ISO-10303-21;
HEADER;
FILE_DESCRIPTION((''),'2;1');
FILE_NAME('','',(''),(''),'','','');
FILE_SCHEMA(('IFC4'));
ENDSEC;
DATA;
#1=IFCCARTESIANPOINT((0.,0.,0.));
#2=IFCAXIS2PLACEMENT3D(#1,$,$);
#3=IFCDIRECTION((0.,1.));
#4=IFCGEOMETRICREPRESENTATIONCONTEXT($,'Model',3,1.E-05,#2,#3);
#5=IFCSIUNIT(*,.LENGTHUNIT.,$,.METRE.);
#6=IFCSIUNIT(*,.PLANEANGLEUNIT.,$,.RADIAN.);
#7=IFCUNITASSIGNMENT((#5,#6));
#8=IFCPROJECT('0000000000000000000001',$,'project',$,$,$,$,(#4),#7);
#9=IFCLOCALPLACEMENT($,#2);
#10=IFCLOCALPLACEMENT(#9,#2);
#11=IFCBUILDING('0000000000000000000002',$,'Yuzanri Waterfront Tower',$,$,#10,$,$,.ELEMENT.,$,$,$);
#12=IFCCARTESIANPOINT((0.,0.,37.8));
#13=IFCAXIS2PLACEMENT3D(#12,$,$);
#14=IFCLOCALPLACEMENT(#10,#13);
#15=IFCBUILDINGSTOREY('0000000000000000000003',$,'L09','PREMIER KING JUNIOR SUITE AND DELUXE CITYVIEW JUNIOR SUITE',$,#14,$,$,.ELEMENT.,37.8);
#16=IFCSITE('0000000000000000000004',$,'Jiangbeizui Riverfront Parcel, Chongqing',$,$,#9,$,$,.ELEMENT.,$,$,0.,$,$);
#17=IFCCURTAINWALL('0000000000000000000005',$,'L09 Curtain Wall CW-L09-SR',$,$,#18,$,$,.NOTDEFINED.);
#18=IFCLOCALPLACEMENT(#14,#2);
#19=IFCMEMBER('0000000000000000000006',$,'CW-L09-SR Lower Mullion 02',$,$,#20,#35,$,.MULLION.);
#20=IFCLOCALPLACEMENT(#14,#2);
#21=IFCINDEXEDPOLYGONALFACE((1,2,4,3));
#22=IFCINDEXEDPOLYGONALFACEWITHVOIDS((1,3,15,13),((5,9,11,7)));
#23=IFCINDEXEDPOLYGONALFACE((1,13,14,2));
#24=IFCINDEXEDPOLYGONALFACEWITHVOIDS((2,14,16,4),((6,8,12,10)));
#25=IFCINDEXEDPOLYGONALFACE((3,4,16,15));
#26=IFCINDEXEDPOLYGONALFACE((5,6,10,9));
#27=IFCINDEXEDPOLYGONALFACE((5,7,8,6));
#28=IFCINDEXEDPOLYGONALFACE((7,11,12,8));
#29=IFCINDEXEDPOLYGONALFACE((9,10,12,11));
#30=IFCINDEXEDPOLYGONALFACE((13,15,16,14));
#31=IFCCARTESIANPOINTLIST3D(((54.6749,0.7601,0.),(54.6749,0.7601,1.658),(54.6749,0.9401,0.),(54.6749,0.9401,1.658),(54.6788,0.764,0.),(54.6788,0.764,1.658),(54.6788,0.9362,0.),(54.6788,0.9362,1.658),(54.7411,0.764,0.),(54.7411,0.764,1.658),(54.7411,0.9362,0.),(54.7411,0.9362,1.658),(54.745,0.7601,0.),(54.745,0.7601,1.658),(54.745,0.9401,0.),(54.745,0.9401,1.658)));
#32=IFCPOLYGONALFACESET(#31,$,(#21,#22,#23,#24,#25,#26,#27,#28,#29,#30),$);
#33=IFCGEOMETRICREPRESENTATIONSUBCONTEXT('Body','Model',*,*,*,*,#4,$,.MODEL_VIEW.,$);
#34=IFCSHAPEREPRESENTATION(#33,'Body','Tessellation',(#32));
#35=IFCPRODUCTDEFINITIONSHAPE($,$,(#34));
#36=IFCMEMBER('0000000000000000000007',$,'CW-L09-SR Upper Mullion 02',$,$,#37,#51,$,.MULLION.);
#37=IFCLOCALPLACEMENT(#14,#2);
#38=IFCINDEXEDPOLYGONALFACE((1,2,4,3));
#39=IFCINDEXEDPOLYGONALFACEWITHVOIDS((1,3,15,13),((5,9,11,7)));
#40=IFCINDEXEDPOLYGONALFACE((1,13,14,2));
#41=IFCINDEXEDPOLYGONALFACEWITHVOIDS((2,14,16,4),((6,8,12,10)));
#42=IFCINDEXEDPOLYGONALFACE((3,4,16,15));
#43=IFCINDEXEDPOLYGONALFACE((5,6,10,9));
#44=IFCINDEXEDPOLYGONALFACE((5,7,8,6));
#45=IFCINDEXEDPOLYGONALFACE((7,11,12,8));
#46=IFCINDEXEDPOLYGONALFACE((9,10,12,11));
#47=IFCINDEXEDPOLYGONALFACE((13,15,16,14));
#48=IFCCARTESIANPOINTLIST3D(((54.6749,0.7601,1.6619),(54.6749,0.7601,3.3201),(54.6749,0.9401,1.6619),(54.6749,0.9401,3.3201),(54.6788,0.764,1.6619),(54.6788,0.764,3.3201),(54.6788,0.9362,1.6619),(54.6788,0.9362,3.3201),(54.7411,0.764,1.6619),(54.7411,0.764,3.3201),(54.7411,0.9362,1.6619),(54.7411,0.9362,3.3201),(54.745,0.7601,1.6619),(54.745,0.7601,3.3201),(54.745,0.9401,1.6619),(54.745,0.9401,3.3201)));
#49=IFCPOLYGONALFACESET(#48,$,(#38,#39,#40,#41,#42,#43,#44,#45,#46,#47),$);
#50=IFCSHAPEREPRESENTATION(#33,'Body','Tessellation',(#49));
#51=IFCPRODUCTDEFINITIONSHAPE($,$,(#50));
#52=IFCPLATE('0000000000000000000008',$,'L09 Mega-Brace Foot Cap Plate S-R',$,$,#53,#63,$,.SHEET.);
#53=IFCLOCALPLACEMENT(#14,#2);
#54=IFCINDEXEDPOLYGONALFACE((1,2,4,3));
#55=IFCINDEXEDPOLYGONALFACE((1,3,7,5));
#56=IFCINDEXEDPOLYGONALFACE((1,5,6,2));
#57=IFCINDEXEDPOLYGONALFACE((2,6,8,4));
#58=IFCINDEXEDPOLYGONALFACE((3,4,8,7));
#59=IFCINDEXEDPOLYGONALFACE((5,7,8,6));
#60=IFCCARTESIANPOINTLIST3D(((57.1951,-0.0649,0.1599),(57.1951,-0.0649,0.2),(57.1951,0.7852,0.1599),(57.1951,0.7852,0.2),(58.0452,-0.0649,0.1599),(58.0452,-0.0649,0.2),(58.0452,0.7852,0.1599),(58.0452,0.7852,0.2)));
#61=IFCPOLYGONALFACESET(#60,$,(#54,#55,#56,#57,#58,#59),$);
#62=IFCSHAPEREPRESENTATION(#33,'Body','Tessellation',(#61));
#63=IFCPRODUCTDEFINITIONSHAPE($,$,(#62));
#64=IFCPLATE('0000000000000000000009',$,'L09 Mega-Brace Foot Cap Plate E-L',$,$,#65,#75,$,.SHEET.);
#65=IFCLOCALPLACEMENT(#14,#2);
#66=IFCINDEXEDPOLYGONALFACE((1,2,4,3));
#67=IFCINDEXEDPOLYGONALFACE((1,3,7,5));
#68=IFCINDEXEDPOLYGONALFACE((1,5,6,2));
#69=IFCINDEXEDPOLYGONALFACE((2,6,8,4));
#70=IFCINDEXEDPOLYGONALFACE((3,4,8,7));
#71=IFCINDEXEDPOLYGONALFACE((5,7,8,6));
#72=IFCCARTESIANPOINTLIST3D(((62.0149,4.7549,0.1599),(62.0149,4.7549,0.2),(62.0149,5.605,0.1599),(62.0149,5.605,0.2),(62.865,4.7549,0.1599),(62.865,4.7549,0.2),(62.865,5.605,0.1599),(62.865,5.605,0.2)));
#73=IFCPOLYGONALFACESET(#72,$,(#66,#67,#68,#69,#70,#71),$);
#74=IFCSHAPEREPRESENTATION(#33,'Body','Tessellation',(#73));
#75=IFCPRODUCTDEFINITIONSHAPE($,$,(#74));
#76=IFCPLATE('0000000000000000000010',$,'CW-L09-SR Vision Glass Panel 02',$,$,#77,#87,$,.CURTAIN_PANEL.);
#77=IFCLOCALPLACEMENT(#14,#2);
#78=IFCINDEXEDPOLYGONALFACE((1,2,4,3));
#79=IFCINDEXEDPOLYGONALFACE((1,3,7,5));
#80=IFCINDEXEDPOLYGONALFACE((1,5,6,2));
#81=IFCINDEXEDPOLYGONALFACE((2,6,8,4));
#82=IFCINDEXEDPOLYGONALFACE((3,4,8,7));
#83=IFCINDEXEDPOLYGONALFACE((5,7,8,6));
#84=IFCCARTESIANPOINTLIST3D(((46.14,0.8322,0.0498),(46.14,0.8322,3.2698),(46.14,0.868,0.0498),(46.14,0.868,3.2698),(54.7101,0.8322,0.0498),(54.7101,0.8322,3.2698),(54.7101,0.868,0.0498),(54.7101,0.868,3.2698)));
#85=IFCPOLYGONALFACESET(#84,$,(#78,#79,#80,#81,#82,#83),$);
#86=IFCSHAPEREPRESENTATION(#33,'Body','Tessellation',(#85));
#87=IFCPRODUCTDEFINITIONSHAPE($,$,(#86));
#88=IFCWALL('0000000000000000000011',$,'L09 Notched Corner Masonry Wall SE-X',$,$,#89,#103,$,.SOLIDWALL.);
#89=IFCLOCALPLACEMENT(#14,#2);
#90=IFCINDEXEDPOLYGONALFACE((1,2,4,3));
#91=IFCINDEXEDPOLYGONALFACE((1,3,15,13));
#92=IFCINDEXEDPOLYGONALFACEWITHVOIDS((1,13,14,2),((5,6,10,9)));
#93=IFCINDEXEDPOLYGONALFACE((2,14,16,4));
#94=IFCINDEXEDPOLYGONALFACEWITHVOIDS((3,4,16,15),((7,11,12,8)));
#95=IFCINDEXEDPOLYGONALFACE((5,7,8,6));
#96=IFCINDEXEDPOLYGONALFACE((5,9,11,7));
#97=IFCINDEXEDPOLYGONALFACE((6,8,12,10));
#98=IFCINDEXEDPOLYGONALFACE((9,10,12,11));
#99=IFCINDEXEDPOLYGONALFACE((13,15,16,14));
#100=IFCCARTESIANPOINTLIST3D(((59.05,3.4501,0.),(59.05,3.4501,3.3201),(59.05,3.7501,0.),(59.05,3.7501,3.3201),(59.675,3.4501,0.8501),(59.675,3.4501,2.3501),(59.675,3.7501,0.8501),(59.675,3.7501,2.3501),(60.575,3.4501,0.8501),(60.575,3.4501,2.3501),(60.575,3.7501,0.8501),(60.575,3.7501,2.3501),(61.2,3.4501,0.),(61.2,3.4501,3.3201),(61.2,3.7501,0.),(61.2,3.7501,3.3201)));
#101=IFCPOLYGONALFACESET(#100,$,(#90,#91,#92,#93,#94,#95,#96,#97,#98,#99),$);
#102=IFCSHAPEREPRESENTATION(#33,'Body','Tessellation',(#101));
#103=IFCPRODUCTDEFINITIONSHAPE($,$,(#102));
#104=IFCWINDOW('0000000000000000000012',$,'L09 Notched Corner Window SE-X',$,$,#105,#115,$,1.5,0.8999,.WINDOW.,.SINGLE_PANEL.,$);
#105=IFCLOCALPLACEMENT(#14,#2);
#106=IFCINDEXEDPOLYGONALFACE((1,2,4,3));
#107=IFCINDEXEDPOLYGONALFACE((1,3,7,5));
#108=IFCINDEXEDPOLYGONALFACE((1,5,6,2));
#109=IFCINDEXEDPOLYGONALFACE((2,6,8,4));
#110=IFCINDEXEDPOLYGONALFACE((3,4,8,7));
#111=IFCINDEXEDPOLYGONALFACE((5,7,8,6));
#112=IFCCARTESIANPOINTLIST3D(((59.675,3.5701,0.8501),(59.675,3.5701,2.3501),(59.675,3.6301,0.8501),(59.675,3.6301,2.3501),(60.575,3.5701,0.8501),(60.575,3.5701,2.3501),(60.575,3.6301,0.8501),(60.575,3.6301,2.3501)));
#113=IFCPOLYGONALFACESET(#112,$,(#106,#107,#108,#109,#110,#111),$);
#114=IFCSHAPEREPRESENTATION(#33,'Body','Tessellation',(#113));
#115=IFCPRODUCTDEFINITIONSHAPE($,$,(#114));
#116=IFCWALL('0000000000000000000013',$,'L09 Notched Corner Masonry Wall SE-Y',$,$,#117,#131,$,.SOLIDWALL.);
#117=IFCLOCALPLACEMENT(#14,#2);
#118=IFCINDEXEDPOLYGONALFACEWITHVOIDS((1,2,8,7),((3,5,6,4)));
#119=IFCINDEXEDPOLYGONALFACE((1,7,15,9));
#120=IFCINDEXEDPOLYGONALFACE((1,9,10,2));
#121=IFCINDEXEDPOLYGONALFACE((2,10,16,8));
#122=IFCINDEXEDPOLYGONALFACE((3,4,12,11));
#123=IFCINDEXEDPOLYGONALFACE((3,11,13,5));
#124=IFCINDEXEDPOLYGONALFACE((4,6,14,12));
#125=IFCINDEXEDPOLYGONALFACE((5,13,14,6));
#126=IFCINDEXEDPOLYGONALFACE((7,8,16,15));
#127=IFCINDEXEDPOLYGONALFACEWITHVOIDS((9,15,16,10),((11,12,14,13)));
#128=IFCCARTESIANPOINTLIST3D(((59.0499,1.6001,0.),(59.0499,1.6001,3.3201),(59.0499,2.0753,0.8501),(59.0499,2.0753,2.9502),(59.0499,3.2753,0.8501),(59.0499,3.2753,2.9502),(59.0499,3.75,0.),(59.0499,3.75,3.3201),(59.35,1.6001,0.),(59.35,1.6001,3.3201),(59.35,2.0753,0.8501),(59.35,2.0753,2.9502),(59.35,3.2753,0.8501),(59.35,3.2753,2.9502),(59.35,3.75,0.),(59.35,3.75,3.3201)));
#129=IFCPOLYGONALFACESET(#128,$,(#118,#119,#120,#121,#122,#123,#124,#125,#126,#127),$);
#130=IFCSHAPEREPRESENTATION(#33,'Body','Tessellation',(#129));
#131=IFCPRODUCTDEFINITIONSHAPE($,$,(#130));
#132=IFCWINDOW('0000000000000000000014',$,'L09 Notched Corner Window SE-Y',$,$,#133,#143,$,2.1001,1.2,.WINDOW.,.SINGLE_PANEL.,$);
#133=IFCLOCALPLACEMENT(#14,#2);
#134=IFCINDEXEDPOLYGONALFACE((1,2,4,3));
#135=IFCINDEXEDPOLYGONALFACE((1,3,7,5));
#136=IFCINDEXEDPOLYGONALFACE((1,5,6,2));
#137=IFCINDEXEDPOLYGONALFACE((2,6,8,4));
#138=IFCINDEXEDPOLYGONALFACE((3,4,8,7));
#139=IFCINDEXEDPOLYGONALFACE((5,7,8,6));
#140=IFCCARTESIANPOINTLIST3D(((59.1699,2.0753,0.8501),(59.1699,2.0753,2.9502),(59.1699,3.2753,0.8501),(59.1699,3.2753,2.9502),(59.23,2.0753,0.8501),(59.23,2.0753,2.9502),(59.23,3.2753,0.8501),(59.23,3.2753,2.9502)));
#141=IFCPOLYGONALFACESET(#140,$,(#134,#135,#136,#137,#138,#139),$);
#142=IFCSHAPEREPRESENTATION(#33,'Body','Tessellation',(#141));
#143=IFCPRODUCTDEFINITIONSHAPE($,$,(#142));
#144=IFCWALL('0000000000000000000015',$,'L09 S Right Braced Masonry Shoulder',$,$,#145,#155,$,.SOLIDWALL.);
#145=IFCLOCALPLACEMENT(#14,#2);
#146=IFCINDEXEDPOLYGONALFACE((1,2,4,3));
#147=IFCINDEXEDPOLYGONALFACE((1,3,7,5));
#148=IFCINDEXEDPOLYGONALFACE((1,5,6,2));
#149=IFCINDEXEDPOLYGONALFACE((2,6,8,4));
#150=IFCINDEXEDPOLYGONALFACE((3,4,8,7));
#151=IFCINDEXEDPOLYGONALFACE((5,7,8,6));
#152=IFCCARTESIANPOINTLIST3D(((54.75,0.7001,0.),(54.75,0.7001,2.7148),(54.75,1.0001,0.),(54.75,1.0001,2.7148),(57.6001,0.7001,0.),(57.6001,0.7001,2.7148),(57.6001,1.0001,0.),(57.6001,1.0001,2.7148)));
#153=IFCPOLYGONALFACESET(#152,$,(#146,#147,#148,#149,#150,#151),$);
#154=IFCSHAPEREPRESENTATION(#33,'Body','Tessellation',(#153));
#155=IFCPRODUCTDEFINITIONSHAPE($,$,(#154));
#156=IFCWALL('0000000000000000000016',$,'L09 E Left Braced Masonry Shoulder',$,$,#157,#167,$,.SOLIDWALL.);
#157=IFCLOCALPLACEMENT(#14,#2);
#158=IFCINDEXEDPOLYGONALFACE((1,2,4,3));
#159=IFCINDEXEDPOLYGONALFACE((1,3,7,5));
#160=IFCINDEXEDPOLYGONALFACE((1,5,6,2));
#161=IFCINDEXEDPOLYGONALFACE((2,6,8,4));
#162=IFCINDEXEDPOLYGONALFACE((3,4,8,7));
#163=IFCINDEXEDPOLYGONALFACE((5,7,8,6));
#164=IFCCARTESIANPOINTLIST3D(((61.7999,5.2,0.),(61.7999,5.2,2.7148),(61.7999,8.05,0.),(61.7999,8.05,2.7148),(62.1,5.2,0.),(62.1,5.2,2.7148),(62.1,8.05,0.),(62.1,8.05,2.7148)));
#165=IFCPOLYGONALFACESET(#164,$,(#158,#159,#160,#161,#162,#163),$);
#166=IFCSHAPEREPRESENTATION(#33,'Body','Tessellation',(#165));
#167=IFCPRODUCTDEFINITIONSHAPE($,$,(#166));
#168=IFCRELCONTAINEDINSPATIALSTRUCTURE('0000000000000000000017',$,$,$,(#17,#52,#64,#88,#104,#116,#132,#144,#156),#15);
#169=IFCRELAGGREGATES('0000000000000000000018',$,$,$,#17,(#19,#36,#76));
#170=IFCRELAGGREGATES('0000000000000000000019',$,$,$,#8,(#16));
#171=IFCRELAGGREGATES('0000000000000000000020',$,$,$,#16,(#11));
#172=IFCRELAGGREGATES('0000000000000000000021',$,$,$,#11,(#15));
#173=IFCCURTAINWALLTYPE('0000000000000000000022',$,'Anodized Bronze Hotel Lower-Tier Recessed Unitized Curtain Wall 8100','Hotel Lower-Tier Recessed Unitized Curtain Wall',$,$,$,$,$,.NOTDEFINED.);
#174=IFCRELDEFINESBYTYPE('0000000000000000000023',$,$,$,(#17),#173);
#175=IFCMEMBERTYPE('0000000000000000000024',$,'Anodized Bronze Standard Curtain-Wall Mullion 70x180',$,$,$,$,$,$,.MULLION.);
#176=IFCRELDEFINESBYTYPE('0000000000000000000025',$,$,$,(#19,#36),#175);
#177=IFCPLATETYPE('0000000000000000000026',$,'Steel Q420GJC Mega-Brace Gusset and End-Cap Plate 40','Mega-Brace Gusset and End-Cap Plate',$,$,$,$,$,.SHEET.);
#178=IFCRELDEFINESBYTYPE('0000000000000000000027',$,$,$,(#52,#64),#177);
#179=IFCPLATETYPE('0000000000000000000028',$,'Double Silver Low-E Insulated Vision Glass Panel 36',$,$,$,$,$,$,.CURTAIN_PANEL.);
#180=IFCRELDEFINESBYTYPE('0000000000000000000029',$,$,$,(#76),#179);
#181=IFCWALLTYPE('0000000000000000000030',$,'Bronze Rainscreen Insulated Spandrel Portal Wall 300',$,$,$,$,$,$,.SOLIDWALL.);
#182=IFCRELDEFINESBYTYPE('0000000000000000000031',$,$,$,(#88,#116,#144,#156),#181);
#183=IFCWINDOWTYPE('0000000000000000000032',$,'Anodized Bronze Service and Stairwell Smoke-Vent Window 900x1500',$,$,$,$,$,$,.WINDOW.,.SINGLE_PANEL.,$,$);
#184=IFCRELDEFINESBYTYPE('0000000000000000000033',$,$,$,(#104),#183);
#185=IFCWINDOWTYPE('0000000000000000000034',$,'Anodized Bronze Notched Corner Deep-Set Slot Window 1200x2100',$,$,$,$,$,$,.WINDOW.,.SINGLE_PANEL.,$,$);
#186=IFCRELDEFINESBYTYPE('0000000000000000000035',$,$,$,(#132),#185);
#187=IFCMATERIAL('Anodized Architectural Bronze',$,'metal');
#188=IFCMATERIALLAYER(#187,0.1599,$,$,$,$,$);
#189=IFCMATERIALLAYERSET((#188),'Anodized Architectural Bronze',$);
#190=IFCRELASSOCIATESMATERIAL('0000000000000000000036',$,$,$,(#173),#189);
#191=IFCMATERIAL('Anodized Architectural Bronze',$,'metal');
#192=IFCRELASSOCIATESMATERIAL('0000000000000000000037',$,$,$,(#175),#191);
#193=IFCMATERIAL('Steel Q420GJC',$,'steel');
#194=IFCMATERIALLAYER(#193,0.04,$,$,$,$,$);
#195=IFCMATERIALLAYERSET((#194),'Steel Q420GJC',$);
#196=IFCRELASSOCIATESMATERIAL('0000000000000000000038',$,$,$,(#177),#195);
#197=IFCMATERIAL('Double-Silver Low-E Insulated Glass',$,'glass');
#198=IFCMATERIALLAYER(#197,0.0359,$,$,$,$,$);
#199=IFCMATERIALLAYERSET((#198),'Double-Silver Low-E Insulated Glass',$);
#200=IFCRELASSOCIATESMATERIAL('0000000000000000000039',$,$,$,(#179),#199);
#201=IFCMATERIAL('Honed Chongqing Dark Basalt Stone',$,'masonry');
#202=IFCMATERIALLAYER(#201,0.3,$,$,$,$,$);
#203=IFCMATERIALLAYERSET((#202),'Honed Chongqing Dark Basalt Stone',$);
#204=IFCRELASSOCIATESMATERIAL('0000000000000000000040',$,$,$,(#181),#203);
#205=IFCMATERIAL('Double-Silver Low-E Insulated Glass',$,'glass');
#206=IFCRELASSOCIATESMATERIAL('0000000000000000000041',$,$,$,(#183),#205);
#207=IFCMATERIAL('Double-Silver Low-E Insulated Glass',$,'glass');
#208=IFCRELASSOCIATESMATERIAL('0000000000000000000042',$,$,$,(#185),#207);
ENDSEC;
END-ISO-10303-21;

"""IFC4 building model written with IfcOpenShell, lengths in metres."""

from ifc_helpers import new_model, si_unit, direction, frame, frame_2d, origin, origin_2d, place, context, subcontext, project, spatial, rectangle, hollow_rectangle, extrude, source, transform, mapped, material, layer, layer_set, material_profile, profile_set, type_object, element, fill, aggregate, save


model = new_model("IFC4")

# Units and contexts
model_context = context("Model", 3, precision=1e-05, world=origin(), true_north=direction((0.0, 1.0)))
body_context = subcontext(model_context, "Body", "Model", "MODEL_VIEW")
ifc_project = project(units=[si_unit("LENGTHUNIT", "METRE"), si_unit("PLANEANGLEUNIT", "RADIAN")], contexts=[model_context])

# Site, building, storey
site_placement = place(None, origin())
site = spatial("IfcSite", under=ifc_project, at=site_placement, Name="Jiangbeizui Riverfront Parcel, Chongqing", CompositionType="ELEMENT", RefElevation=0.0)
building_placement = place(site_placement, origin())
building = spatial("IfcBuilding", under=site, at=building_placement, Name="Yuzanri Waterfront Tower", CompositionType="ELEMENT")
storey_placement = place(building_placement, frame((0.0, 0.0, 37.8)))
storey = spatial("IfcBuildingStorey", under=building, at=storey_placement, Name="L09", Description="PREMIER KING JUNIOR SUITE AND DELUXE CITYVIEW JUNIOR SUITE", CompositionType="ELEMENT", Elevation=37.8)

# Curtain wall, members
ifc_material_1 = material(Name="Anodized Architectural Bronze", Category="metal")
ifc_layer_1 = layer(ifc_material_1, 0.1599)
ifc_layer_set_1 = layer_set([ifc_layer_1], Name="Anodized Architectural Bronze")
curtain_wall_type = type_object("IfcCurtainWallType", Name="Anodized Bronze Hotel Lower-Tier Recessed Unitized Curtain Wall 8100", Description="Hotel Lower-Tier Recessed Unitized Curtain Wall", PredefinedType="NOTDEFINED", material=ifc_layer_set_1)
curtain_wall_1_placement = place(storey_placement, origin())
curtain_wall_1 = element("IfcCurtainWall", 1, at=curtain_wall_1_placement, inside=storey, type_object=curtain_wall_type, Name="L09 Curtain Wall CW-L09-SR", PredefinedType="NOTDEFINED")
ifc_material_2 = material(Name="Anodized Architectural Bronze", Category="metal")
ifc_material_profile_1 = material_profile(ifc_material_2, hollow_rectangle(XDim=0.0701, YDim=0.1799, WallThickness=0.0039, at=origin_2d()), Name="CWM 70x180")
ifc_profile_set_1 = profile_set([ifc_material_profile_1], Name="Anodized Architectural Bronze")
member_type_1 = type_object("IfcMemberType", Name="Anodized Bronze Standard Curtain-Wall Mullion 70x180", PredefinedType="MULLION", material=ifc_profile_set_1)
shared_shape_1 = source(origin(), body_context, "Body", "SweptSolid", [
    extrude(hollow_rectangle(XDim=0.0701, YDim=0.1799, WallThickness=0.0039, at=origin_2d()), origin(), (0.0, 0.0, 1.0), 1.658),
])
member_1_placement = place(storey_placement, frame((54.71, 0.8501, 0.0), z_axis=(0.0, 0.0, 1.0), x_axis=(1.0, 0.0, 0.0)))
member_1 = element("IfcMember", 2, at=member_1_placement, type_object=member_type_1, Name="CW-L09-SR Lower Mullion 02", PredefinedType="MULLION", context=body_context, shape_type="MappedRepresentation", body=[
    mapped(shared_shape_1, transform((0.0, 0.0, 0.0), scale=1.0)),
])
shared_shape_2 = source(origin(), body_context, "Body", "SweptSolid", [
    extrude(hollow_rectangle(XDim=0.0701, YDim=0.1799, WallThickness=0.0039, at=origin_2d()), origin(), (0.0, 0.0, 1.0), 1.6582),
])
member_2_placement = place(storey_placement, frame((54.71, 0.8501, 1.6619), z_axis=(0.0, 0.0, 1.0), x_axis=(1.0, 0.0, 0.0)))
member_2 = element("IfcMember", 3, at=member_2_placement, type_object=member_type_1, Name="CW-L09-SR Upper Mullion 02", PredefinedType="MULLION", context=body_context, shape_type="MappedRepresentation", body=[
    mapped(shared_shape_2, transform((0.0, 0.0, 0.0), scale=1.0)),
])

# Plates
ifc_material_3 = material(Name="Steel Q420GJC", Category="steel")
ifc_layer_2 = layer(ifc_material_3, 0.04)
ifc_layer_set_2 = layer_set([ifc_layer_2], Name="Steel Q420GJC")
plate_type_1 = type_object("IfcPlateType", Name="Steel Q420GJC Mega-Brace Gusset and End-Cap Plate 40", Description="Mega-Brace Gusset and End-Cap Plate", PredefinedType="SHEET", material=ifc_layer_set_2)
shared_shape_3 = source(origin(), body_context, "Body", "SweptSolid", [
    extrude(rectangle(XDim=0.8501, YDim=0.8501, at=origin_2d()), origin(), (0.0, 0.0, 1.0), 0.04),
])
for number, where, z_axis, x_axis, name in (
    (4, (57.6201, 0.3601, 0.1599), (0.0, 0.0, 1.0), (1.0, 0.0, 0.0), "L09 Mega-Brace Foot Cap Plate S-R"),
    (5, (62.4399, 5.1799, 0.1599), (0.0, 0.0, 1.0), (1.0, 0.0, 0.0), "L09 Mega-Brace Foot Cap Plate E-L"),
):
    element("IfcPlate", number, at=place(storey_placement, frame(where, z_axis=z_axis, x_axis=x_axis)), inside=storey, type_object=plate_type_1, Name=name, PredefinedType="SHEET", context=body_context, shape_type="MappedRepresentation", body=[
        mapped(shared_shape_3, transform((0.0, 0.0, 0.0), scale=1.0)),
    ])

# Plate
ifc_material_4 = material(Name="Double-Silver Low-E Insulated Glass", Category="glass")
ifc_layer_3 = layer(ifc_material_4, 0.0359)
ifc_layer_set_3 = layer_set([ifc_layer_3], Name="Double-Silver Low-E Insulated Glass")
plate_type_2 = type_object("IfcPlateType", Name="Double Silver Low-E Insulated Vision Glass Panel 36", PredefinedType="CURTAIN_PANEL", material=ifc_layer_set_3)
shared_shape_4 = source(origin(), body_context, "Body", "SweptSolid", [
    extrude(rectangle(XDim=8.5701, YDim=0.0359, at=origin_2d()), origin(), (0.0, 0.0, 1.0), 3.22),
])
plate_placement = place(storey_placement, frame((50.425, 0.8501, 0.0498), z_axis=(0.0, 0.0, 1.0), x_axis=(1.0, 0.0, 0.0)))
plate = element("IfcPlate", 6, at=plate_placement, type_object=plate_type_2, Name="CW-L09-SR Vision Glass Panel 02", PredefinedType="CURTAIN_PANEL", context=body_context, shape_type="MappedRepresentation", body=[
    mapped(shared_shape_4, transform((0.0, 0.0, 0.0), scale=1.0)),
])
aggregate(curtain_wall_1, [member_1, member_2, plate])

# Walls, openings, windows
ifc_material_5 = material(Name="Honed Chongqing Dark Basalt Stone", Category="masonry")
ifc_layer_4 = layer(ifc_material_5, 0.3)
ifc_layer_set_4 = layer_set([ifc_layer_4], Name="Honed Chongqing Dark Basalt Stone")
wall_type_1 = type_object("IfcWallType", Name="Bronze Rainscreen Insulated Spandrel Portal Wall 300", PredefinedType="SOLIDWALL", material=ifc_layer_set_4)
wall_1_placement = place(storey_placement, frame((59.05, 3.6001, 0.0), z_axis=(0.0, 0.0, 1.0), x_axis=(1.0, 0.0, 0.0)))
wall_1 = element("IfcWall", 7, at=wall_1_placement, inside=storey, type_object=wall_type_1, Name="L09 Notched Corner Masonry Wall SE-X", PredefinedType="SOLIDWALL", context=body_context, shape_type="SweptSolid", body=[
    extrude(rectangle(XDim=2.1499, YDim=0.3, at=frame_2d((1.075, 0.0))), origin(), (0.0, 0.0, 1.0), 3.3201),
])
opening_1_placement = place(wall_1_placement, frame((0.625, 0.0, 0.8501)))
opening_1 = element("IfcOpeningElement", 8, at=opening_1_placement, cuts=wall_1, PredefinedType="OPENING", context=body_context, shape_type="SweptSolid", body=[
    extrude(rectangle(XDim=0.8999, YDim=1.5, at=frame_2d((0.45, 0.75))), frame((0.0, 0.165, 0.0), z_axis=(0.0, -1.0, 0.0), x_axis=(1.0, 0.0, 0.0)), (0.0, 0.0, 1.0), 0.3298),
])
ifc_material_6 = material(Name="Double-Silver Low-E Insulated Glass", Category="glass")
window_type_1 = type_object("IfcWindowType", Name="Anodized Bronze Service and Stairwell Smoke-Vent Window 900x1500", PartitioningType="SINGLE_PANEL", PredefinedType="WINDOW", material=ifc_material_6)
shared_shape_5 = source(origin(), body_context, "Body", "SweptSolid", [
    extrude(rectangle(XDim=0.8999, YDim=1.5, at=frame_2d((0.45, 0.75))), frame((0.0, 0.03, 0.0), z_axis=(0.0, -1.0, 0.0), x_axis=(1.0, 0.0, 0.0)), (0.0, 0.0, 1.0), 0.0601),
])
window_1_placement = place(opening_1_placement, origin())
window_1 = element("IfcWindow", 9, at=window_1_placement, inside=storey, type_object=window_type_1, Name="L09 Notched Corner Window SE-X", OverallHeight=1.5, OverallWidth=0.8999, PartitioningType="SINGLE_PANEL", PredefinedType="WINDOW", context=body_context, shape_type="MappedRepresentation", body=[
    mapped(shared_shape_5, transform((0.0, 0.0, 0.0), scale=1.0)),
])
fill(opening_1, window_1)
wall_2_placement = place(storey_placement, frame((59.2, 1.6001, 0.0), z_axis=(0.0, 0.0, 1.0), x_axis=(0.0, 1.0, 0.0)))
wall_2 = element("IfcWall", 10, at=wall_2_placement, inside=storey, type_object=wall_type_1, Name="L09 Notched Corner Masonry Wall SE-Y", PredefinedType="SOLIDWALL", context=body_context, shape_type="SweptSolid", body=[
    extrude(rectangle(XDim=2.1499, YDim=0.3, at=frame_2d((1.075, 0.0))), origin(), (0.0, 0.0, 1.0), 3.3201),
])
opening_2_placement = place(wall_2_placement, frame((0.4751, 0.0, 0.8501)))
opening_2 = element("IfcOpeningElement", 11, at=opening_2_placement, cuts=wall_2, PredefinedType="OPENING", context=body_context, shape_type="SweptSolid", body=[
    extrude(rectangle(XDim=1.2, YDim=2.1001, at=frame_2d((0.6001, 1.05))), frame((0.0, 0.165, 0.0), z_axis=(0.0, -1.0, 0.0), x_axis=(1.0, 0.0, 0.0)), (0.0, 0.0, 1.0), 0.3298),
])
ifc_material_7 = material(Name="Double-Silver Low-E Insulated Glass", Category="glass")
window_type_2 = type_object("IfcWindowType", Name="Anodized Bronze Notched Corner Deep-Set Slot Window 1200x2100", PartitioningType="SINGLE_PANEL", PredefinedType="WINDOW", material=ifc_material_7)
shared_shape_6 = source(origin(), body_context, "Body", "SweptSolid", [
    extrude(rectangle(XDim=1.2, YDim=2.1001, at=frame_2d((0.6001, 1.05))), frame((0.0, 0.03, 0.0), z_axis=(0.0, -1.0, 0.0), x_axis=(1.0, 0.0, 0.0)), (0.0, 0.0, 1.0), 0.0601),
])
window_2_placement = place(opening_2_placement, origin())
window_2 = element("IfcWindow", 12, at=window_2_placement, inside=storey, type_object=window_type_2, Name="L09 Notched Corner Window SE-Y", OverallHeight=2.1001, OverallWidth=1.2, PartitioningType="SINGLE_PANEL", PredefinedType="WINDOW", context=body_context, shape_type="MappedRepresentation", body=[
    mapped(shared_shape_6, transform((0.0, 0.0, 0.0), scale=1.0)),
])
fill(opening_2, window_2)

# Walls
shared_shape_7 = source(origin(), body_context, "Body", "SweptSolid", [
    extrude(rectangle(XDim=2.8501, YDim=0.3, at=frame_2d((1.425, 0.0))), origin(), (0.0, 0.0, 1.0), 2.7148),
])
for number, where, z_axis, x_axis, name in (
    (13, (54.75, 0.8501, 0.0), (0.0, 0.0, 1.0), (1.0, 0.0, 0.0), "L09 S Right Braced Masonry Shoulder"),
    (14, (61.95, 5.2, 0.0), (0.0, 0.0, 1.0), (0.0, 1.0, 0.0), "L09 E Left Braced Masonry Shoulder"),
):
    element("IfcWall", number, at=place(storey_placement, frame(where, z_axis=z_axis, x_axis=x_axis)), inside=storey, type_object=wall_type_1, Name=name, PredefinedType="SOLIDWALL", context=body_context, shape_type="MappedRepresentation", body=[
        mapped(shared_shape_7, transform((0.0, 0.0, 0.0), scale=1.0)),
    ])

save(model, "model.ifc")
